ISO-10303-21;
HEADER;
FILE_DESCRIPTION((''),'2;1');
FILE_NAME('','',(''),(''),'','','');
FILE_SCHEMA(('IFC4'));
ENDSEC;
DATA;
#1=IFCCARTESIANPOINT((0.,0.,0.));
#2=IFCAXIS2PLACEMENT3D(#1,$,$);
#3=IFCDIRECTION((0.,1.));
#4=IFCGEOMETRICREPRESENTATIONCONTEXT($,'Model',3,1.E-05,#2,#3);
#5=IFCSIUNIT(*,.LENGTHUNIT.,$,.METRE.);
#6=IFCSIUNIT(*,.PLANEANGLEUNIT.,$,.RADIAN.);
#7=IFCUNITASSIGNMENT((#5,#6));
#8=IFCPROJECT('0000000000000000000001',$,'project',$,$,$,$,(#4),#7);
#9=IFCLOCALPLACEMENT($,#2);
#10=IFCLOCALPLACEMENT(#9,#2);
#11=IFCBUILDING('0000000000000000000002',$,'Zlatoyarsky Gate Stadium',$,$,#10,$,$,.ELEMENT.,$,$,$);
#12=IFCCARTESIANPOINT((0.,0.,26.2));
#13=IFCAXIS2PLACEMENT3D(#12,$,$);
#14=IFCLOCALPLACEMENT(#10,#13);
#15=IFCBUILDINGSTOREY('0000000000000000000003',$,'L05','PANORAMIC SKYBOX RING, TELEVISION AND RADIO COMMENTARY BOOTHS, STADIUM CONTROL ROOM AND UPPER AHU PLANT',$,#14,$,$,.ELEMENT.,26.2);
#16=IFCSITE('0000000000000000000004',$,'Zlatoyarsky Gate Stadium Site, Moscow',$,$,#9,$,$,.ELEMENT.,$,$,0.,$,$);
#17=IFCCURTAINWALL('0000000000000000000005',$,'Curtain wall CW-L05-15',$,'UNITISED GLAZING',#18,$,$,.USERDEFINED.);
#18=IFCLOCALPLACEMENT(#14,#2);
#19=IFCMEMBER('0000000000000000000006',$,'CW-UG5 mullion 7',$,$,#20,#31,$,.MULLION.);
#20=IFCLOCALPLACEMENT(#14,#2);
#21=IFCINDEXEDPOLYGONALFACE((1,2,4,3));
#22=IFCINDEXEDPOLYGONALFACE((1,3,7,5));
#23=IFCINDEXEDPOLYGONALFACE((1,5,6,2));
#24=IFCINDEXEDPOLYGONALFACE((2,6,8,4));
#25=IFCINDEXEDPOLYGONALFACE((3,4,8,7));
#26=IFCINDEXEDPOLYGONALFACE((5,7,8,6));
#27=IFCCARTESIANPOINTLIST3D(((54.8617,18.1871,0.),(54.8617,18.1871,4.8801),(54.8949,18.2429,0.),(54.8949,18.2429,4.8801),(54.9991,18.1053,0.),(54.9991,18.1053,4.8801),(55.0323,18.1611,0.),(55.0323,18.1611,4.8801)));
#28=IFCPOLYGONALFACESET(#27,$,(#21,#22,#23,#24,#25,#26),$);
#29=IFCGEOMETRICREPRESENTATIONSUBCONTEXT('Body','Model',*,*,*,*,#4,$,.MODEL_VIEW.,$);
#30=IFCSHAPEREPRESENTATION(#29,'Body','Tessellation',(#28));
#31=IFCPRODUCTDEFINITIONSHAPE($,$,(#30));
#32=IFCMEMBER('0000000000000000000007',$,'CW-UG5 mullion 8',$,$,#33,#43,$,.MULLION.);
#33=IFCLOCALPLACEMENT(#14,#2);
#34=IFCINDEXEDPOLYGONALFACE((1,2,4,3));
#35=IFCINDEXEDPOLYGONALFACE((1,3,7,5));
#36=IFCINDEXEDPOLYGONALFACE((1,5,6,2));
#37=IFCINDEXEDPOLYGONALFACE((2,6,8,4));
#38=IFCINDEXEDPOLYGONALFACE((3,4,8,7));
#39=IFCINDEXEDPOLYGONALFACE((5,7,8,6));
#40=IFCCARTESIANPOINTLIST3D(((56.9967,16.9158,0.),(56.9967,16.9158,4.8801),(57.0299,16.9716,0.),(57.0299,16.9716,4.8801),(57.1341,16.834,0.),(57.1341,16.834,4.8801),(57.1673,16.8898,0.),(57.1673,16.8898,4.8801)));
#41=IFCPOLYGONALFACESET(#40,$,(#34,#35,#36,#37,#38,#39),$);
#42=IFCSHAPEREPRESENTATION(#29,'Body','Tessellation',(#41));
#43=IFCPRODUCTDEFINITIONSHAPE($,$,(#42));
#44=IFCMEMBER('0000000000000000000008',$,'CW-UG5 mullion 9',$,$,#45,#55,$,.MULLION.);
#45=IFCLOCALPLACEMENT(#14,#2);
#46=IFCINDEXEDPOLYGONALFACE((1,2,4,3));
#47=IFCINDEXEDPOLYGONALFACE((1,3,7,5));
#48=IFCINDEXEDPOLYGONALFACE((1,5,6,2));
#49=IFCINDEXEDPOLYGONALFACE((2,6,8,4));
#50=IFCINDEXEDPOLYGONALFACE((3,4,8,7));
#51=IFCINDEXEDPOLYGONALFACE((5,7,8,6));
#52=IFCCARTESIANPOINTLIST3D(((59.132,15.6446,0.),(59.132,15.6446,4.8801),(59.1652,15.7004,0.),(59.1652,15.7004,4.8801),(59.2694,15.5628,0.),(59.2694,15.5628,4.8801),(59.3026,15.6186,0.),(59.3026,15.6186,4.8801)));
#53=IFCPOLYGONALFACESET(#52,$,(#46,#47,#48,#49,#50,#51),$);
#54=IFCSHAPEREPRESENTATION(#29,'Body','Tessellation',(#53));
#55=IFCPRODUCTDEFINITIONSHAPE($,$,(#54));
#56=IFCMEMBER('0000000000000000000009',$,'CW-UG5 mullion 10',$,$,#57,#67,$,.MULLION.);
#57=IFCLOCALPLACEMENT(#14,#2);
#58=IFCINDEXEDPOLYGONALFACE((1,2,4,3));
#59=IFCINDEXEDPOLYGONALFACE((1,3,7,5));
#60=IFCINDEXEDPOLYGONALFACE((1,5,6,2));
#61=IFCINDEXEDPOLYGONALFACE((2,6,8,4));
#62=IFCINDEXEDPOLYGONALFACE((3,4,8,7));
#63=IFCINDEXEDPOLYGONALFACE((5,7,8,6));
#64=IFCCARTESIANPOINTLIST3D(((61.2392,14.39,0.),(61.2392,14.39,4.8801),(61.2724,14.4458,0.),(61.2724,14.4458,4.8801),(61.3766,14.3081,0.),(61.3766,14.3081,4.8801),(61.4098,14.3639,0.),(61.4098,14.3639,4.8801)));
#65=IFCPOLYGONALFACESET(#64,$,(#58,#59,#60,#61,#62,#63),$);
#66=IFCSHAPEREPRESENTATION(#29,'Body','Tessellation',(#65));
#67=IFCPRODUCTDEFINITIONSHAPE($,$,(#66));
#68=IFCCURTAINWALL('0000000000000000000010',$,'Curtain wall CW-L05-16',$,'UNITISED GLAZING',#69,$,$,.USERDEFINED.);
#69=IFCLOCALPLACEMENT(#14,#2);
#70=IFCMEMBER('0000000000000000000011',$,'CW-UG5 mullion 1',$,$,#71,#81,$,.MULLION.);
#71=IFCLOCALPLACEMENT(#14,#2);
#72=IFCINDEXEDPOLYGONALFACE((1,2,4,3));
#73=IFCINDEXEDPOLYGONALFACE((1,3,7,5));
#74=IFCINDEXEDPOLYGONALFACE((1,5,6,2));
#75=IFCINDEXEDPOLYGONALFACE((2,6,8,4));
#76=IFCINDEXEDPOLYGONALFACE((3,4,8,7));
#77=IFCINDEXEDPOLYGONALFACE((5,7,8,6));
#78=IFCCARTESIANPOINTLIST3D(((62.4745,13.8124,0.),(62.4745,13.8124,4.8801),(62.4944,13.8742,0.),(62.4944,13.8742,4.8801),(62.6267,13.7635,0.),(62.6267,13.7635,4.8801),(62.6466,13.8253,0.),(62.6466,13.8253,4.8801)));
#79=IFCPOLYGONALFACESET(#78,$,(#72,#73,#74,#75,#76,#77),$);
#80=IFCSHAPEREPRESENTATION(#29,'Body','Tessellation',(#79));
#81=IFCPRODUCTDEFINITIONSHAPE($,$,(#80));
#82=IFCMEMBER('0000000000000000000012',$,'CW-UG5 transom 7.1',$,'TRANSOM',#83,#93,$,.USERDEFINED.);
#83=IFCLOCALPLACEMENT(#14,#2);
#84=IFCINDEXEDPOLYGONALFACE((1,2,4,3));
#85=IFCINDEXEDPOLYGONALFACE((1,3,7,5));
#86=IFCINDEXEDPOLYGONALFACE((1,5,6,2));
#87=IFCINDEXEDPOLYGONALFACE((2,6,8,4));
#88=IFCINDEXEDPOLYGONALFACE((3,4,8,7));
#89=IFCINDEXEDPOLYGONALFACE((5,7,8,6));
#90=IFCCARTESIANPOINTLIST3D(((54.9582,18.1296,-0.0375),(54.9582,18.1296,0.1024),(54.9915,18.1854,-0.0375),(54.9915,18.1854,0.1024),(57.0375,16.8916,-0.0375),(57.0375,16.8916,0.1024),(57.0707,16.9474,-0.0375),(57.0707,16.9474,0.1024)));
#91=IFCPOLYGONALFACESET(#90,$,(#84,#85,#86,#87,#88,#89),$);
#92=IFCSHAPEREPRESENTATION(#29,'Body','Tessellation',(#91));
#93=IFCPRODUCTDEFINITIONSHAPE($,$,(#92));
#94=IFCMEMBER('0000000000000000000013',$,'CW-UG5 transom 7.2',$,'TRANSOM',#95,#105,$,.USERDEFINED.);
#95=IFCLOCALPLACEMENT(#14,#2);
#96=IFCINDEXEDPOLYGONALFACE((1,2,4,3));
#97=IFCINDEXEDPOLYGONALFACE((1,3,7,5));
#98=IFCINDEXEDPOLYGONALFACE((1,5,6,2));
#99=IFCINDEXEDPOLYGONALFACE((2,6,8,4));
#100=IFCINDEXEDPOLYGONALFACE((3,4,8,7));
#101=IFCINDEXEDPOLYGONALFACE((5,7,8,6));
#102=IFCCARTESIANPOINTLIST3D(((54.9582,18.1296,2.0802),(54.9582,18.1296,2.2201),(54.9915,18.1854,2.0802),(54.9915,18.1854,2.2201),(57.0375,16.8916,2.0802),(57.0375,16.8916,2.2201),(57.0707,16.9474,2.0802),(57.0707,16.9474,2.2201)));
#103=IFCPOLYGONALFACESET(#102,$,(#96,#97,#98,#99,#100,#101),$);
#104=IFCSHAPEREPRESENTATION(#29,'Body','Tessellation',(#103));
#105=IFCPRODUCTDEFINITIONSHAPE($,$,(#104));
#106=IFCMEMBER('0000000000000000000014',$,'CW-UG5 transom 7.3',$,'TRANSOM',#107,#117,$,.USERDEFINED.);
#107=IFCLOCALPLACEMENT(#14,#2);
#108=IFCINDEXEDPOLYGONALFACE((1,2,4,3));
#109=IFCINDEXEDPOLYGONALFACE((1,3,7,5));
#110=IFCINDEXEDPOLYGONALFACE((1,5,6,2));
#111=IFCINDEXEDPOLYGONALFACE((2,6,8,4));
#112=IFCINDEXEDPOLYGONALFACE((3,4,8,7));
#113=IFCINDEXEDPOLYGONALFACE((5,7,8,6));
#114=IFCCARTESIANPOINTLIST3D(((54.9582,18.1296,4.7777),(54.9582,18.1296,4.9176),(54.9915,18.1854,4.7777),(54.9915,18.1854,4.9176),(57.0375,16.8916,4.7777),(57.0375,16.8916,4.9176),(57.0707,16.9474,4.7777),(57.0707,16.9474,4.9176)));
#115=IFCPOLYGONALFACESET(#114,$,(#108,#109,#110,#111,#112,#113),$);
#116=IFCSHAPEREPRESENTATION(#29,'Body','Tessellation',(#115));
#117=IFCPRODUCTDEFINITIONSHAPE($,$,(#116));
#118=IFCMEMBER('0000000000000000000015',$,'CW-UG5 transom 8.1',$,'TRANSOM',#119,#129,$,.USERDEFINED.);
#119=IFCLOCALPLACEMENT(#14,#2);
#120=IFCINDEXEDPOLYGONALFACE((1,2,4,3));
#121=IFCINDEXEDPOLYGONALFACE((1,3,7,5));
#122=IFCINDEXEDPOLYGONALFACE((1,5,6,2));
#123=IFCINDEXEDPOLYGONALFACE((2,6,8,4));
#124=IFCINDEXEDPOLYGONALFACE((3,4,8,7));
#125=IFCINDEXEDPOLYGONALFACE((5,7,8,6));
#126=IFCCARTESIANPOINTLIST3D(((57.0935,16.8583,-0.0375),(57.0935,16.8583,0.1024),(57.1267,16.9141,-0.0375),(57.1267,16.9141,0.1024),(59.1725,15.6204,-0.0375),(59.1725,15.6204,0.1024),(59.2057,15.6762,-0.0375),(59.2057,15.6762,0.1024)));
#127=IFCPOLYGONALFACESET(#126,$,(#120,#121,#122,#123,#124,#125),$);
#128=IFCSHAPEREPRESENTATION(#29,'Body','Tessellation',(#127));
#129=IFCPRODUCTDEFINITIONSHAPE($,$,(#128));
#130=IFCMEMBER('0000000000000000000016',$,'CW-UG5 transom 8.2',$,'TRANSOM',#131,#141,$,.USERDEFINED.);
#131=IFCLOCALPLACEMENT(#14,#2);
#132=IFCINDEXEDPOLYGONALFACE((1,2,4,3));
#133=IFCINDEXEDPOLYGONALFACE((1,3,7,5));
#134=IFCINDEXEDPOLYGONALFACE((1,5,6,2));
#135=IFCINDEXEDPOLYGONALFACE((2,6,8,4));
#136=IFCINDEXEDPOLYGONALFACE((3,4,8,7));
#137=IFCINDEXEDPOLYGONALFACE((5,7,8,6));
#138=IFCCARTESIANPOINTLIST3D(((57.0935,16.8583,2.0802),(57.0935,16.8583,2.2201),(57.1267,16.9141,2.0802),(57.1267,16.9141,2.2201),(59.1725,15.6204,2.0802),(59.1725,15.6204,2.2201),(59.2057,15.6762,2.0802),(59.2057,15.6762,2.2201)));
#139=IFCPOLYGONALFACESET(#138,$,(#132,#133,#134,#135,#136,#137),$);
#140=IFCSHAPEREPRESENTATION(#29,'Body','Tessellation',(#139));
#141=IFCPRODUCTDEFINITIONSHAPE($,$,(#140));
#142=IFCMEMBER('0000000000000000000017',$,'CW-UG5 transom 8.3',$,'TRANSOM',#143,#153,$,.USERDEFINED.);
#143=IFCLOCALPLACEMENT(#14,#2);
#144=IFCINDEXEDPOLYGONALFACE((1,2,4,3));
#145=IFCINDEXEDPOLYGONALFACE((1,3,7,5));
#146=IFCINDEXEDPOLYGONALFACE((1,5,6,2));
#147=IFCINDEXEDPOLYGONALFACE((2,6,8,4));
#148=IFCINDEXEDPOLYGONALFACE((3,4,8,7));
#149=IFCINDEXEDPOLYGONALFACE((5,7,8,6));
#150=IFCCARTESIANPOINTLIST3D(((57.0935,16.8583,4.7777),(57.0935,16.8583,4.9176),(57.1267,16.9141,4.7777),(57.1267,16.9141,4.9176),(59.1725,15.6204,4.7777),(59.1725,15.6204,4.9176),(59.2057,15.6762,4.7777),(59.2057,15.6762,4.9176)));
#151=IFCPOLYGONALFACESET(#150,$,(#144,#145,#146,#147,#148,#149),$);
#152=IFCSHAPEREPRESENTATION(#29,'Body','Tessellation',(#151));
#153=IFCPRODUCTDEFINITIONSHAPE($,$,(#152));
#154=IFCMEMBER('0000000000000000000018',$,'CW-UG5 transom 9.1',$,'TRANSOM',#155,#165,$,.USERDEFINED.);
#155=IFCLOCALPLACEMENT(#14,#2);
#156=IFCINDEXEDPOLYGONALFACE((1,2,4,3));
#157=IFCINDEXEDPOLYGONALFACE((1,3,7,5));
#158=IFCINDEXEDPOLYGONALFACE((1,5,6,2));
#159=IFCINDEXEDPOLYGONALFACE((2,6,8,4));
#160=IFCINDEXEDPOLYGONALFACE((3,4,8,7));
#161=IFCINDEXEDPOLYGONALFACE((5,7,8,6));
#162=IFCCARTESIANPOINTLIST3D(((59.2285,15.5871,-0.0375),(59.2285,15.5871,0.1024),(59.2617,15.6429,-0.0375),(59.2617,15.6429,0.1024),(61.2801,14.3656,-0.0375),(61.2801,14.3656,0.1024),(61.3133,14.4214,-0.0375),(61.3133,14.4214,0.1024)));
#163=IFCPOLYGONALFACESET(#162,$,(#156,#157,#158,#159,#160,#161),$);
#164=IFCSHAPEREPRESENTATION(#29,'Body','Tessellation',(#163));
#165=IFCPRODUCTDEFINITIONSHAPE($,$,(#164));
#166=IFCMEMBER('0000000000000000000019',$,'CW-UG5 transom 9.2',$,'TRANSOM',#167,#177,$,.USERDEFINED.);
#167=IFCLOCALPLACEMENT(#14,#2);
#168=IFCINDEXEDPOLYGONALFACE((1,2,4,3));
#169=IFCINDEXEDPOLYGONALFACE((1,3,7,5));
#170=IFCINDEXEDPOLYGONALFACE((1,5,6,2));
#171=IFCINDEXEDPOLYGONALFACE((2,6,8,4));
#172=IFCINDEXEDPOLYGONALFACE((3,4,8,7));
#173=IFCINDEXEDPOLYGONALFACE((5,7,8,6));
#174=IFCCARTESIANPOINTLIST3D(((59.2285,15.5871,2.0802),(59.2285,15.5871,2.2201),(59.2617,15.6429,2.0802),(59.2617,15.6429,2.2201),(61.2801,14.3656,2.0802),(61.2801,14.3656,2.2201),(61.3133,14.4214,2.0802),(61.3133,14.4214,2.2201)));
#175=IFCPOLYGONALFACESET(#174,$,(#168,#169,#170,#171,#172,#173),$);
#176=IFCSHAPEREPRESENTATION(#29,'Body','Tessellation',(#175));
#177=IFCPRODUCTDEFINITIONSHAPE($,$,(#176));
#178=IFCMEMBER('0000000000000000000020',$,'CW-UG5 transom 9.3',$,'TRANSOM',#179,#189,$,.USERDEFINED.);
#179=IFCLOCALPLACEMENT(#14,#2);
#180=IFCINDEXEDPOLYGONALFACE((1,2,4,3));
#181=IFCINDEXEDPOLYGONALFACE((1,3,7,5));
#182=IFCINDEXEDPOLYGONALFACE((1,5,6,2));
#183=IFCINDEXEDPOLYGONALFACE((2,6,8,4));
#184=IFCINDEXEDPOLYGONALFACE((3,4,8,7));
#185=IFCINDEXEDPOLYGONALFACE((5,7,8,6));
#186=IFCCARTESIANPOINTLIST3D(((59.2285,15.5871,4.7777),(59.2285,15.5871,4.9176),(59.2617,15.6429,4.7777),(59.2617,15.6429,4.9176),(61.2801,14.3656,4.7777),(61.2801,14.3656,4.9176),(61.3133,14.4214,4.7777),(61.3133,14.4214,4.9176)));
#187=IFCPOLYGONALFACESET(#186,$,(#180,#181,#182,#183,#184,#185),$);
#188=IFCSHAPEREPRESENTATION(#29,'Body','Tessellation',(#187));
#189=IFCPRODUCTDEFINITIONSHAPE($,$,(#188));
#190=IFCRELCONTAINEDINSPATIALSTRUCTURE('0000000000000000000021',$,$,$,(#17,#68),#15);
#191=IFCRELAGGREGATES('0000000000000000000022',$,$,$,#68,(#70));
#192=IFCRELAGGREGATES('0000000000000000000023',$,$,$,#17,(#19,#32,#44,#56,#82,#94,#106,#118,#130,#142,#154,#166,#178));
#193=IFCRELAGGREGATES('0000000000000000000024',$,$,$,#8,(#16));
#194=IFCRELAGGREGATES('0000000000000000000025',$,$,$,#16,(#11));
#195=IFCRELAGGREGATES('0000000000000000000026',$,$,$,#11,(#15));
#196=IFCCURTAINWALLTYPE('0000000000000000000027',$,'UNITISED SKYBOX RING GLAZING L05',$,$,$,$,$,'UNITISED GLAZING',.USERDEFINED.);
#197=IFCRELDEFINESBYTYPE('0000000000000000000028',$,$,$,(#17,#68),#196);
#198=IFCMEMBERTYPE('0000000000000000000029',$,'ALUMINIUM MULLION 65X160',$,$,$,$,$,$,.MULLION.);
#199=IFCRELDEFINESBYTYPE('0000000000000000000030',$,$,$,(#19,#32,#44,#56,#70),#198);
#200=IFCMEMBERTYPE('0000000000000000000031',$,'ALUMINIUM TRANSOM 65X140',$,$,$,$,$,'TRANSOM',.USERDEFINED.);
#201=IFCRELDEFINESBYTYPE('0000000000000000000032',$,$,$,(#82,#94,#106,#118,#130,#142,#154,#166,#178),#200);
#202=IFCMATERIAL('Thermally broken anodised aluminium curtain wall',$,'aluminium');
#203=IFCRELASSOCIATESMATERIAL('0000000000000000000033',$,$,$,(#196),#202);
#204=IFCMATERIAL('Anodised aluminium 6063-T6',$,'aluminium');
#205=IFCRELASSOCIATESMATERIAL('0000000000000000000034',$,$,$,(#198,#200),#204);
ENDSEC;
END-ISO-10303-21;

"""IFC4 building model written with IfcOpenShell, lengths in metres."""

from ifc_helpers import new_model, si_unit, direction, frame, origin, origin_2d, place, context, subcontext, project, spatial, rectangle, extrude, material, material_profile, profile_set, type_object, element, aggregate, save


model = new_model("IFC4")

# Units and contexts
model_context = context("Model", 3, precision=1e-05, world=origin(), true_north=direction((0.0, 1.0)))
body_context = subcontext(model_context, "Body", "Model", "MODEL_VIEW")
ifc_project = project(units=[si_unit("LENGTHUNIT", "METRE"), si_unit("PLANEANGLEUNIT", "RADIAN")], contexts=[model_context])

# Site, building, storey
site_placement = place(None, origin())
site = spatial("IfcSite", under=ifc_project, at=site_placement, Name="Zlatoyarsky Gate Stadium Site, Moscow", CompositionType="ELEMENT", RefElevation=0.0)
building_placement = place(site_placement, origin())
building = spatial("IfcBuilding", under=site, at=building_placement, Name="Zlatoyarsky Gate Stadium", CompositionType="ELEMENT")
storey_placement = place(building_placement, frame((0.0, 0.0, 26.2)))
storey = spatial("IfcBuildingStorey", under=building, at=storey_placement, Name="L05", Description="PANORAMIC SKYBOX RING, TELEVISION AND RADIO COMMENTARY BOOTHS, STADIUM CONTROL ROOM AND UPPER AHU PLANT", CompositionType="ELEMENT", Elevation=26.2)

# Curtain wall, members
ifc_material_1 = material(Name="Thermally broken anodised aluminium curtain wall", Category="aluminium")
curtain_wall_type = type_object("IfcCurtainWallType", Name="UNITISED SKYBOX RING GLAZING L05", ElementType="UNITISED GLAZING", PredefinedType="USERDEFINED", material=ifc_material_1)
curtain_wall_1_placement = place(storey_placement, origin())
curtain_wall_1 = element("IfcCurtainWall", 1, at=curtain_wall_1_placement, inside=storey, type_object=curtain_wall_type, Name="Curtain wall CW-L05-15", ObjectType="UNITISED GLAZING", PredefinedType="USERDEFINED")
ifc_material_2 = material(Name="Anodised aluminium 6063-T6", Category="aluminium")
ifc_material_profile_1 = material_profile(ifc_material_2, rectangle(XDim=0.0649, YDim=0.1599, at=origin_2d()), Name="ALU 65X160")
ifc_profile_set_1 = profile_set([ifc_material_profile_1], Name="Anodised aluminium 6063-T6")
member_type_1 = type_object("IfcMemberType", Name="ALUMINIUM MULLION 65X160", PredefinedType="MULLION", material=ifc_profile_set_1)
member_1_placement = place(storey_placement, frame((54.947, 18.1741, 0.0), z_axis=(0.0, 0.0, 1.0), x_axis=(0.511577, 0.859237, 0.0)))
member_1 = element("IfcMember", 2, at=member_1_placement, type_object=member_type_1, Name="CW-UG5 mullion 7", PredefinedType="MULLION", context=body_context, shape_type="SweptSolid", body=[
    extrude(rectangle(XDim=0.0649, YDim=0.1599, at=origin_2d()), origin(), (0.0, 0.0, 1.0), 4.8801),
])
member_2_placement = place(storey_placement, frame((57.082, 16.9028, 0.0), z_axis=(0.0, 0.0, 1.0), x_axis=(0.511577, 0.859237, 0.0)))
member_2 = element("IfcMember", 3, at=member_2_placement, type_object=member_type_1, Name="CW-UG5 mullion 8", PredefinedType="MULLION", context=body_context, shape_type="SweptSolid", body=[
    extrude(rectangle(XDim=0.0649, YDim=0.1599, at=origin_2d()), origin(), (0.0, 0.0, 1.0), 4.8801),
])
member_3_placement = place(storey_placement, frame((59.2173, 15.6316, 0.0), z_axis=(0.0, 0.0, 1.0), x_axis=(0.511577, 0.859237, 0.0)))
member_3 = element("IfcMember", 4, at=member_3_placement, type_object=member_type_1, Name="CW-UG5 mullion 9", PredefinedType="MULLION", context=body_context, shape_type="SweptSolid", body=[
    extrude(rectangle(XDim=0.0649, YDim=0.1599, at=origin_2d()), origin(), (0.0, 0.0, 1.0), 4.8801),
])
member_4_placement = place(storey_placement, frame((61.3245, 14.377, 0.0), z_axis=(0.0, 0.0, 1.0), x_axis=(0.511577, 0.859237, 0.0)))
member_4 = element("IfcMember", 5, at=member_4_placement, type_object=member_type_1, Name="CW-UG5 mullion 10", PredefinedType="MULLION", context=body_context, shape_type="SweptSolid", body=[
    extrude(rectangle(XDim=0.0649, YDim=0.1599, at=origin_2d()), origin(), (0.0, 0.0, 1.0), 4.8801),
])

# Curtain wall, member
curtain_wall_2_placement = place(storey_placement, origin())
curtain_wall_2 = element("IfcCurtainWall", 6, at=curtain_wall_2_placement, inside=storey, type_object=curtain_wall_type, Name="Curtain wall CW-L05-16", ObjectType="UNITISED GLAZING", PredefinedType="USERDEFINED")
member_5_placement = place(storey_placement, frame((62.5605, 13.8188, 0.0), z_axis=(0.0, 0.0, 1.0), x_axis=(0.305978, 0.952039, 0.0)))
member_5 = element("IfcMember", 7, at=member_5_placement, type_object=member_type_1, Name="CW-UG5 mullion 1", PredefinedType="MULLION", context=body_context, shape_type="SweptSolid", body=[
    extrude(rectangle(XDim=0.0649, YDim=0.1599, at=origin_2d()), origin(), (0.0, 0.0, 1.0), 4.8801),
])

# Members
ifc_material_profile_2 = material_profile(ifc_material_2, rectangle(XDim=0.0649, YDim=0.1399, at=origin_2d()), Name="ALU 65X140")
ifc_profile_set_2 = profile_set([ifc_material_profile_2], Name="Anodised aluminium 6063-T6")
member_type_2 = type_object("IfcMemberType", Name="ALUMINIUM TRANSOM 65X140", ElementType="TRANSOM", PredefinedType="USERDEFINED", material=ifc_profile_set_2)
member_6_placement = place(storey_placement, frame((54.9749, 18.1575, 0.0325), z_axis=(0.859233, -0.511585, 0.0), x_axis=(0.511585, 0.859233, 0.0)))
member_6 = element("IfcMember", 8, at=member_6_placement, type_object=member_type_2, Name="CW-UG5 transom 7.1", ObjectType="TRANSOM", PredefinedType="USERDEFINED", context=body_context, shape_type="SweptSolid", body=[
    extrude(rectangle(XDim=0.0649, YDim=0.1399, at=origin_2d()), origin(), (0.0, 0.0, 1.0), 2.4199),
])
member_7_placement = place(storey_placement, frame((54.9749, 18.1575, 2.1501), z_axis=(0.859233, -0.511585, 0.0), x_axis=(0.511585, 0.859233, 0.0)))
member_7 = element("IfcMember", 9, at=member_7_placement, type_object=member_type_2, Name="CW-UG5 transom 7.2", ObjectType="TRANSOM", PredefinedType="USERDEFINED", context=body_context, shape_type="SweptSolid", body=[
    extrude(rectangle(XDim=0.0649, YDim=0.1399, at=origin_2d()), origin(), (0.0, 0.0, 1.0), 2.4199),
])
member_8_placement = place(storey_placement, frame((54.9749, 18.1575, 4.8477), z_axis=(0.859233, -0.511585, 0.0), x_axis=(0.511585, 0.859233, 0.0)))
member_8 = element("IfcMember", 10, at=member_8_placement, type_object=member_type_2, Name="CW-UG5 transom 7.3", ObjectType="TRANSOM", PredefinedType="USERDEFINED", context=body_context, shape_type="SweptSolid", body=[
    extrude(rectangle(XDim=0.0649, YDim=0.1399, at=origin_2d()), origin(), (0.0, 0.0, 1.0), 2.4199),
])
member_9_placement = place(storey_placement, frame((57.1101, 16.8862, 0.0325), z_axis=(0.859206, -0.511629, 0.0), x_axis=(0.511629, 0.859206, 0.0)))
member_9 = element("IfcMember", 11, at=member_9_placement, type_object=member_type_2, Name="CW-UG5 transom 8.1", ObjectType="TRANSOM", PredefinedType="USERDEFINED", context=body_context, shape_type="SweptSolid", body=[
    extrude(rectangle(XDim=0.0649, YDim=0.1399, at=origin_2d()), origin(), (0.0, 0.0, 1.0), 2.4197),
])
member_10_placement = place(storey_placement, frame((57.1101, 16.8862, 2.1501), z_axis=(0.859206, -0.511629, 0.0), x_axis=(0.511629, 0.859206, 0.0)))
member_10 = element("IfcMember", 12, at=member_10_placement, type_object=member_type_2, Name="CW-UG5 transom 8.2", ObjectType="TRANSOM", PredefinedType="USERDEFINED", context=body_context, shape_type="SweptSolid", body=[
    extrude(rectangle(XDim=0.0649, YDim=0.1399, at=origin_2d()), origin(), (0.0, 0.0, 1.0), 2.4197),
])
member_11_placement = place(storey_placement, frame((57.1101, 16.8862, 4.8477), z_axis=(0.859206, -0.511629, 0.0), x_axis=(0.511629, 0.859206, 0.0)))
member_11 = element("IfcMember", 13, at=member_11_placement, type_object=member_type_2, Name="CW-UG5 transom 8.3", ObjectType="TRANSOM", PredefinedType="USERDEFINED", context=body_context, shape_type="SweptSolid", body=[
    extrude(rectangle(XDim=0.0649, YDim=0.1399, at=origin_2d()), origin(), (0.0, 0.0, 1.0), 2.4197),
])
member_12_placement = place(storey_placement, frame((59.2451, 15.615, 0.0325), z_axis=(0.859238, -0.511576, 0.0), x_axis=(0.511576, 0.859238, 0.0)))
member_12 = element("IfcMember", 14, at=member_12_placement, type_object=member_type_2, Name="CW-UG5 transom 9.1", ObjectType="TRANSOM", PredefinedType="USERDEFINED", context=body_context, shape_type="SweptSolid", body=[
    extrude(rectangle(XDim=0.0649, YDim=0.1399, at=origin_2d()), origin(), (0.0, 0.0, 1.0), 2.3877),
])
member_13_placement = place(storey_placement, frame((59.2451, 15.615, 2.1501), z_axis=(0.859238, -0.511576, 0.0), x_axis=(0.511576, 0.859238, 0.0)))
member_13 = element("IfcMember", 15, at=member_13_placement, type_object=member_type_2, Name="CW-UG5 transom 9.2", ObjectType="TRANSOM", PredefinedType="USERDEFINED", context=body_context, shape_type="SweptSolid", body=[
    extrude(rectangle(XDim=0.0649, YDim=0.1399, at=origin_2d()), origin(), (0.0, 0.0, 1.0), 2.3877),
])
member_14_placement = place(storey_placement, frame((59.2451, 15.615, 4.8477), z_axis=(0.859238, -0.511576, 0.0), x_axis=(0.511576, 0.859238, 0.0)))
member_14 = element("IfcMember", 16, at=member_14_placement, type_object=member_type_2, Name="CW-UG5 transom 9.3", ObjectType="TRANSOM", PredefinedType="USERDEFINED", context=body_context, shape_type="SweptSolid", body=[
    extrude(rectangle(XDim=0.0649, YDim=0.1399, at=origin_2d()), origin(), (0.0, 0.0, 1.0), 2.3877),
])
aggregate(curtain_wall_2, [member_5])

aggregate(curtain_wall_1, [member_1, member_2, member_3, member_4, member_6, member_7, member_8, member_9, member_10, member_11, member_12, member_13, member_14])

save(model, "model.ifc")
